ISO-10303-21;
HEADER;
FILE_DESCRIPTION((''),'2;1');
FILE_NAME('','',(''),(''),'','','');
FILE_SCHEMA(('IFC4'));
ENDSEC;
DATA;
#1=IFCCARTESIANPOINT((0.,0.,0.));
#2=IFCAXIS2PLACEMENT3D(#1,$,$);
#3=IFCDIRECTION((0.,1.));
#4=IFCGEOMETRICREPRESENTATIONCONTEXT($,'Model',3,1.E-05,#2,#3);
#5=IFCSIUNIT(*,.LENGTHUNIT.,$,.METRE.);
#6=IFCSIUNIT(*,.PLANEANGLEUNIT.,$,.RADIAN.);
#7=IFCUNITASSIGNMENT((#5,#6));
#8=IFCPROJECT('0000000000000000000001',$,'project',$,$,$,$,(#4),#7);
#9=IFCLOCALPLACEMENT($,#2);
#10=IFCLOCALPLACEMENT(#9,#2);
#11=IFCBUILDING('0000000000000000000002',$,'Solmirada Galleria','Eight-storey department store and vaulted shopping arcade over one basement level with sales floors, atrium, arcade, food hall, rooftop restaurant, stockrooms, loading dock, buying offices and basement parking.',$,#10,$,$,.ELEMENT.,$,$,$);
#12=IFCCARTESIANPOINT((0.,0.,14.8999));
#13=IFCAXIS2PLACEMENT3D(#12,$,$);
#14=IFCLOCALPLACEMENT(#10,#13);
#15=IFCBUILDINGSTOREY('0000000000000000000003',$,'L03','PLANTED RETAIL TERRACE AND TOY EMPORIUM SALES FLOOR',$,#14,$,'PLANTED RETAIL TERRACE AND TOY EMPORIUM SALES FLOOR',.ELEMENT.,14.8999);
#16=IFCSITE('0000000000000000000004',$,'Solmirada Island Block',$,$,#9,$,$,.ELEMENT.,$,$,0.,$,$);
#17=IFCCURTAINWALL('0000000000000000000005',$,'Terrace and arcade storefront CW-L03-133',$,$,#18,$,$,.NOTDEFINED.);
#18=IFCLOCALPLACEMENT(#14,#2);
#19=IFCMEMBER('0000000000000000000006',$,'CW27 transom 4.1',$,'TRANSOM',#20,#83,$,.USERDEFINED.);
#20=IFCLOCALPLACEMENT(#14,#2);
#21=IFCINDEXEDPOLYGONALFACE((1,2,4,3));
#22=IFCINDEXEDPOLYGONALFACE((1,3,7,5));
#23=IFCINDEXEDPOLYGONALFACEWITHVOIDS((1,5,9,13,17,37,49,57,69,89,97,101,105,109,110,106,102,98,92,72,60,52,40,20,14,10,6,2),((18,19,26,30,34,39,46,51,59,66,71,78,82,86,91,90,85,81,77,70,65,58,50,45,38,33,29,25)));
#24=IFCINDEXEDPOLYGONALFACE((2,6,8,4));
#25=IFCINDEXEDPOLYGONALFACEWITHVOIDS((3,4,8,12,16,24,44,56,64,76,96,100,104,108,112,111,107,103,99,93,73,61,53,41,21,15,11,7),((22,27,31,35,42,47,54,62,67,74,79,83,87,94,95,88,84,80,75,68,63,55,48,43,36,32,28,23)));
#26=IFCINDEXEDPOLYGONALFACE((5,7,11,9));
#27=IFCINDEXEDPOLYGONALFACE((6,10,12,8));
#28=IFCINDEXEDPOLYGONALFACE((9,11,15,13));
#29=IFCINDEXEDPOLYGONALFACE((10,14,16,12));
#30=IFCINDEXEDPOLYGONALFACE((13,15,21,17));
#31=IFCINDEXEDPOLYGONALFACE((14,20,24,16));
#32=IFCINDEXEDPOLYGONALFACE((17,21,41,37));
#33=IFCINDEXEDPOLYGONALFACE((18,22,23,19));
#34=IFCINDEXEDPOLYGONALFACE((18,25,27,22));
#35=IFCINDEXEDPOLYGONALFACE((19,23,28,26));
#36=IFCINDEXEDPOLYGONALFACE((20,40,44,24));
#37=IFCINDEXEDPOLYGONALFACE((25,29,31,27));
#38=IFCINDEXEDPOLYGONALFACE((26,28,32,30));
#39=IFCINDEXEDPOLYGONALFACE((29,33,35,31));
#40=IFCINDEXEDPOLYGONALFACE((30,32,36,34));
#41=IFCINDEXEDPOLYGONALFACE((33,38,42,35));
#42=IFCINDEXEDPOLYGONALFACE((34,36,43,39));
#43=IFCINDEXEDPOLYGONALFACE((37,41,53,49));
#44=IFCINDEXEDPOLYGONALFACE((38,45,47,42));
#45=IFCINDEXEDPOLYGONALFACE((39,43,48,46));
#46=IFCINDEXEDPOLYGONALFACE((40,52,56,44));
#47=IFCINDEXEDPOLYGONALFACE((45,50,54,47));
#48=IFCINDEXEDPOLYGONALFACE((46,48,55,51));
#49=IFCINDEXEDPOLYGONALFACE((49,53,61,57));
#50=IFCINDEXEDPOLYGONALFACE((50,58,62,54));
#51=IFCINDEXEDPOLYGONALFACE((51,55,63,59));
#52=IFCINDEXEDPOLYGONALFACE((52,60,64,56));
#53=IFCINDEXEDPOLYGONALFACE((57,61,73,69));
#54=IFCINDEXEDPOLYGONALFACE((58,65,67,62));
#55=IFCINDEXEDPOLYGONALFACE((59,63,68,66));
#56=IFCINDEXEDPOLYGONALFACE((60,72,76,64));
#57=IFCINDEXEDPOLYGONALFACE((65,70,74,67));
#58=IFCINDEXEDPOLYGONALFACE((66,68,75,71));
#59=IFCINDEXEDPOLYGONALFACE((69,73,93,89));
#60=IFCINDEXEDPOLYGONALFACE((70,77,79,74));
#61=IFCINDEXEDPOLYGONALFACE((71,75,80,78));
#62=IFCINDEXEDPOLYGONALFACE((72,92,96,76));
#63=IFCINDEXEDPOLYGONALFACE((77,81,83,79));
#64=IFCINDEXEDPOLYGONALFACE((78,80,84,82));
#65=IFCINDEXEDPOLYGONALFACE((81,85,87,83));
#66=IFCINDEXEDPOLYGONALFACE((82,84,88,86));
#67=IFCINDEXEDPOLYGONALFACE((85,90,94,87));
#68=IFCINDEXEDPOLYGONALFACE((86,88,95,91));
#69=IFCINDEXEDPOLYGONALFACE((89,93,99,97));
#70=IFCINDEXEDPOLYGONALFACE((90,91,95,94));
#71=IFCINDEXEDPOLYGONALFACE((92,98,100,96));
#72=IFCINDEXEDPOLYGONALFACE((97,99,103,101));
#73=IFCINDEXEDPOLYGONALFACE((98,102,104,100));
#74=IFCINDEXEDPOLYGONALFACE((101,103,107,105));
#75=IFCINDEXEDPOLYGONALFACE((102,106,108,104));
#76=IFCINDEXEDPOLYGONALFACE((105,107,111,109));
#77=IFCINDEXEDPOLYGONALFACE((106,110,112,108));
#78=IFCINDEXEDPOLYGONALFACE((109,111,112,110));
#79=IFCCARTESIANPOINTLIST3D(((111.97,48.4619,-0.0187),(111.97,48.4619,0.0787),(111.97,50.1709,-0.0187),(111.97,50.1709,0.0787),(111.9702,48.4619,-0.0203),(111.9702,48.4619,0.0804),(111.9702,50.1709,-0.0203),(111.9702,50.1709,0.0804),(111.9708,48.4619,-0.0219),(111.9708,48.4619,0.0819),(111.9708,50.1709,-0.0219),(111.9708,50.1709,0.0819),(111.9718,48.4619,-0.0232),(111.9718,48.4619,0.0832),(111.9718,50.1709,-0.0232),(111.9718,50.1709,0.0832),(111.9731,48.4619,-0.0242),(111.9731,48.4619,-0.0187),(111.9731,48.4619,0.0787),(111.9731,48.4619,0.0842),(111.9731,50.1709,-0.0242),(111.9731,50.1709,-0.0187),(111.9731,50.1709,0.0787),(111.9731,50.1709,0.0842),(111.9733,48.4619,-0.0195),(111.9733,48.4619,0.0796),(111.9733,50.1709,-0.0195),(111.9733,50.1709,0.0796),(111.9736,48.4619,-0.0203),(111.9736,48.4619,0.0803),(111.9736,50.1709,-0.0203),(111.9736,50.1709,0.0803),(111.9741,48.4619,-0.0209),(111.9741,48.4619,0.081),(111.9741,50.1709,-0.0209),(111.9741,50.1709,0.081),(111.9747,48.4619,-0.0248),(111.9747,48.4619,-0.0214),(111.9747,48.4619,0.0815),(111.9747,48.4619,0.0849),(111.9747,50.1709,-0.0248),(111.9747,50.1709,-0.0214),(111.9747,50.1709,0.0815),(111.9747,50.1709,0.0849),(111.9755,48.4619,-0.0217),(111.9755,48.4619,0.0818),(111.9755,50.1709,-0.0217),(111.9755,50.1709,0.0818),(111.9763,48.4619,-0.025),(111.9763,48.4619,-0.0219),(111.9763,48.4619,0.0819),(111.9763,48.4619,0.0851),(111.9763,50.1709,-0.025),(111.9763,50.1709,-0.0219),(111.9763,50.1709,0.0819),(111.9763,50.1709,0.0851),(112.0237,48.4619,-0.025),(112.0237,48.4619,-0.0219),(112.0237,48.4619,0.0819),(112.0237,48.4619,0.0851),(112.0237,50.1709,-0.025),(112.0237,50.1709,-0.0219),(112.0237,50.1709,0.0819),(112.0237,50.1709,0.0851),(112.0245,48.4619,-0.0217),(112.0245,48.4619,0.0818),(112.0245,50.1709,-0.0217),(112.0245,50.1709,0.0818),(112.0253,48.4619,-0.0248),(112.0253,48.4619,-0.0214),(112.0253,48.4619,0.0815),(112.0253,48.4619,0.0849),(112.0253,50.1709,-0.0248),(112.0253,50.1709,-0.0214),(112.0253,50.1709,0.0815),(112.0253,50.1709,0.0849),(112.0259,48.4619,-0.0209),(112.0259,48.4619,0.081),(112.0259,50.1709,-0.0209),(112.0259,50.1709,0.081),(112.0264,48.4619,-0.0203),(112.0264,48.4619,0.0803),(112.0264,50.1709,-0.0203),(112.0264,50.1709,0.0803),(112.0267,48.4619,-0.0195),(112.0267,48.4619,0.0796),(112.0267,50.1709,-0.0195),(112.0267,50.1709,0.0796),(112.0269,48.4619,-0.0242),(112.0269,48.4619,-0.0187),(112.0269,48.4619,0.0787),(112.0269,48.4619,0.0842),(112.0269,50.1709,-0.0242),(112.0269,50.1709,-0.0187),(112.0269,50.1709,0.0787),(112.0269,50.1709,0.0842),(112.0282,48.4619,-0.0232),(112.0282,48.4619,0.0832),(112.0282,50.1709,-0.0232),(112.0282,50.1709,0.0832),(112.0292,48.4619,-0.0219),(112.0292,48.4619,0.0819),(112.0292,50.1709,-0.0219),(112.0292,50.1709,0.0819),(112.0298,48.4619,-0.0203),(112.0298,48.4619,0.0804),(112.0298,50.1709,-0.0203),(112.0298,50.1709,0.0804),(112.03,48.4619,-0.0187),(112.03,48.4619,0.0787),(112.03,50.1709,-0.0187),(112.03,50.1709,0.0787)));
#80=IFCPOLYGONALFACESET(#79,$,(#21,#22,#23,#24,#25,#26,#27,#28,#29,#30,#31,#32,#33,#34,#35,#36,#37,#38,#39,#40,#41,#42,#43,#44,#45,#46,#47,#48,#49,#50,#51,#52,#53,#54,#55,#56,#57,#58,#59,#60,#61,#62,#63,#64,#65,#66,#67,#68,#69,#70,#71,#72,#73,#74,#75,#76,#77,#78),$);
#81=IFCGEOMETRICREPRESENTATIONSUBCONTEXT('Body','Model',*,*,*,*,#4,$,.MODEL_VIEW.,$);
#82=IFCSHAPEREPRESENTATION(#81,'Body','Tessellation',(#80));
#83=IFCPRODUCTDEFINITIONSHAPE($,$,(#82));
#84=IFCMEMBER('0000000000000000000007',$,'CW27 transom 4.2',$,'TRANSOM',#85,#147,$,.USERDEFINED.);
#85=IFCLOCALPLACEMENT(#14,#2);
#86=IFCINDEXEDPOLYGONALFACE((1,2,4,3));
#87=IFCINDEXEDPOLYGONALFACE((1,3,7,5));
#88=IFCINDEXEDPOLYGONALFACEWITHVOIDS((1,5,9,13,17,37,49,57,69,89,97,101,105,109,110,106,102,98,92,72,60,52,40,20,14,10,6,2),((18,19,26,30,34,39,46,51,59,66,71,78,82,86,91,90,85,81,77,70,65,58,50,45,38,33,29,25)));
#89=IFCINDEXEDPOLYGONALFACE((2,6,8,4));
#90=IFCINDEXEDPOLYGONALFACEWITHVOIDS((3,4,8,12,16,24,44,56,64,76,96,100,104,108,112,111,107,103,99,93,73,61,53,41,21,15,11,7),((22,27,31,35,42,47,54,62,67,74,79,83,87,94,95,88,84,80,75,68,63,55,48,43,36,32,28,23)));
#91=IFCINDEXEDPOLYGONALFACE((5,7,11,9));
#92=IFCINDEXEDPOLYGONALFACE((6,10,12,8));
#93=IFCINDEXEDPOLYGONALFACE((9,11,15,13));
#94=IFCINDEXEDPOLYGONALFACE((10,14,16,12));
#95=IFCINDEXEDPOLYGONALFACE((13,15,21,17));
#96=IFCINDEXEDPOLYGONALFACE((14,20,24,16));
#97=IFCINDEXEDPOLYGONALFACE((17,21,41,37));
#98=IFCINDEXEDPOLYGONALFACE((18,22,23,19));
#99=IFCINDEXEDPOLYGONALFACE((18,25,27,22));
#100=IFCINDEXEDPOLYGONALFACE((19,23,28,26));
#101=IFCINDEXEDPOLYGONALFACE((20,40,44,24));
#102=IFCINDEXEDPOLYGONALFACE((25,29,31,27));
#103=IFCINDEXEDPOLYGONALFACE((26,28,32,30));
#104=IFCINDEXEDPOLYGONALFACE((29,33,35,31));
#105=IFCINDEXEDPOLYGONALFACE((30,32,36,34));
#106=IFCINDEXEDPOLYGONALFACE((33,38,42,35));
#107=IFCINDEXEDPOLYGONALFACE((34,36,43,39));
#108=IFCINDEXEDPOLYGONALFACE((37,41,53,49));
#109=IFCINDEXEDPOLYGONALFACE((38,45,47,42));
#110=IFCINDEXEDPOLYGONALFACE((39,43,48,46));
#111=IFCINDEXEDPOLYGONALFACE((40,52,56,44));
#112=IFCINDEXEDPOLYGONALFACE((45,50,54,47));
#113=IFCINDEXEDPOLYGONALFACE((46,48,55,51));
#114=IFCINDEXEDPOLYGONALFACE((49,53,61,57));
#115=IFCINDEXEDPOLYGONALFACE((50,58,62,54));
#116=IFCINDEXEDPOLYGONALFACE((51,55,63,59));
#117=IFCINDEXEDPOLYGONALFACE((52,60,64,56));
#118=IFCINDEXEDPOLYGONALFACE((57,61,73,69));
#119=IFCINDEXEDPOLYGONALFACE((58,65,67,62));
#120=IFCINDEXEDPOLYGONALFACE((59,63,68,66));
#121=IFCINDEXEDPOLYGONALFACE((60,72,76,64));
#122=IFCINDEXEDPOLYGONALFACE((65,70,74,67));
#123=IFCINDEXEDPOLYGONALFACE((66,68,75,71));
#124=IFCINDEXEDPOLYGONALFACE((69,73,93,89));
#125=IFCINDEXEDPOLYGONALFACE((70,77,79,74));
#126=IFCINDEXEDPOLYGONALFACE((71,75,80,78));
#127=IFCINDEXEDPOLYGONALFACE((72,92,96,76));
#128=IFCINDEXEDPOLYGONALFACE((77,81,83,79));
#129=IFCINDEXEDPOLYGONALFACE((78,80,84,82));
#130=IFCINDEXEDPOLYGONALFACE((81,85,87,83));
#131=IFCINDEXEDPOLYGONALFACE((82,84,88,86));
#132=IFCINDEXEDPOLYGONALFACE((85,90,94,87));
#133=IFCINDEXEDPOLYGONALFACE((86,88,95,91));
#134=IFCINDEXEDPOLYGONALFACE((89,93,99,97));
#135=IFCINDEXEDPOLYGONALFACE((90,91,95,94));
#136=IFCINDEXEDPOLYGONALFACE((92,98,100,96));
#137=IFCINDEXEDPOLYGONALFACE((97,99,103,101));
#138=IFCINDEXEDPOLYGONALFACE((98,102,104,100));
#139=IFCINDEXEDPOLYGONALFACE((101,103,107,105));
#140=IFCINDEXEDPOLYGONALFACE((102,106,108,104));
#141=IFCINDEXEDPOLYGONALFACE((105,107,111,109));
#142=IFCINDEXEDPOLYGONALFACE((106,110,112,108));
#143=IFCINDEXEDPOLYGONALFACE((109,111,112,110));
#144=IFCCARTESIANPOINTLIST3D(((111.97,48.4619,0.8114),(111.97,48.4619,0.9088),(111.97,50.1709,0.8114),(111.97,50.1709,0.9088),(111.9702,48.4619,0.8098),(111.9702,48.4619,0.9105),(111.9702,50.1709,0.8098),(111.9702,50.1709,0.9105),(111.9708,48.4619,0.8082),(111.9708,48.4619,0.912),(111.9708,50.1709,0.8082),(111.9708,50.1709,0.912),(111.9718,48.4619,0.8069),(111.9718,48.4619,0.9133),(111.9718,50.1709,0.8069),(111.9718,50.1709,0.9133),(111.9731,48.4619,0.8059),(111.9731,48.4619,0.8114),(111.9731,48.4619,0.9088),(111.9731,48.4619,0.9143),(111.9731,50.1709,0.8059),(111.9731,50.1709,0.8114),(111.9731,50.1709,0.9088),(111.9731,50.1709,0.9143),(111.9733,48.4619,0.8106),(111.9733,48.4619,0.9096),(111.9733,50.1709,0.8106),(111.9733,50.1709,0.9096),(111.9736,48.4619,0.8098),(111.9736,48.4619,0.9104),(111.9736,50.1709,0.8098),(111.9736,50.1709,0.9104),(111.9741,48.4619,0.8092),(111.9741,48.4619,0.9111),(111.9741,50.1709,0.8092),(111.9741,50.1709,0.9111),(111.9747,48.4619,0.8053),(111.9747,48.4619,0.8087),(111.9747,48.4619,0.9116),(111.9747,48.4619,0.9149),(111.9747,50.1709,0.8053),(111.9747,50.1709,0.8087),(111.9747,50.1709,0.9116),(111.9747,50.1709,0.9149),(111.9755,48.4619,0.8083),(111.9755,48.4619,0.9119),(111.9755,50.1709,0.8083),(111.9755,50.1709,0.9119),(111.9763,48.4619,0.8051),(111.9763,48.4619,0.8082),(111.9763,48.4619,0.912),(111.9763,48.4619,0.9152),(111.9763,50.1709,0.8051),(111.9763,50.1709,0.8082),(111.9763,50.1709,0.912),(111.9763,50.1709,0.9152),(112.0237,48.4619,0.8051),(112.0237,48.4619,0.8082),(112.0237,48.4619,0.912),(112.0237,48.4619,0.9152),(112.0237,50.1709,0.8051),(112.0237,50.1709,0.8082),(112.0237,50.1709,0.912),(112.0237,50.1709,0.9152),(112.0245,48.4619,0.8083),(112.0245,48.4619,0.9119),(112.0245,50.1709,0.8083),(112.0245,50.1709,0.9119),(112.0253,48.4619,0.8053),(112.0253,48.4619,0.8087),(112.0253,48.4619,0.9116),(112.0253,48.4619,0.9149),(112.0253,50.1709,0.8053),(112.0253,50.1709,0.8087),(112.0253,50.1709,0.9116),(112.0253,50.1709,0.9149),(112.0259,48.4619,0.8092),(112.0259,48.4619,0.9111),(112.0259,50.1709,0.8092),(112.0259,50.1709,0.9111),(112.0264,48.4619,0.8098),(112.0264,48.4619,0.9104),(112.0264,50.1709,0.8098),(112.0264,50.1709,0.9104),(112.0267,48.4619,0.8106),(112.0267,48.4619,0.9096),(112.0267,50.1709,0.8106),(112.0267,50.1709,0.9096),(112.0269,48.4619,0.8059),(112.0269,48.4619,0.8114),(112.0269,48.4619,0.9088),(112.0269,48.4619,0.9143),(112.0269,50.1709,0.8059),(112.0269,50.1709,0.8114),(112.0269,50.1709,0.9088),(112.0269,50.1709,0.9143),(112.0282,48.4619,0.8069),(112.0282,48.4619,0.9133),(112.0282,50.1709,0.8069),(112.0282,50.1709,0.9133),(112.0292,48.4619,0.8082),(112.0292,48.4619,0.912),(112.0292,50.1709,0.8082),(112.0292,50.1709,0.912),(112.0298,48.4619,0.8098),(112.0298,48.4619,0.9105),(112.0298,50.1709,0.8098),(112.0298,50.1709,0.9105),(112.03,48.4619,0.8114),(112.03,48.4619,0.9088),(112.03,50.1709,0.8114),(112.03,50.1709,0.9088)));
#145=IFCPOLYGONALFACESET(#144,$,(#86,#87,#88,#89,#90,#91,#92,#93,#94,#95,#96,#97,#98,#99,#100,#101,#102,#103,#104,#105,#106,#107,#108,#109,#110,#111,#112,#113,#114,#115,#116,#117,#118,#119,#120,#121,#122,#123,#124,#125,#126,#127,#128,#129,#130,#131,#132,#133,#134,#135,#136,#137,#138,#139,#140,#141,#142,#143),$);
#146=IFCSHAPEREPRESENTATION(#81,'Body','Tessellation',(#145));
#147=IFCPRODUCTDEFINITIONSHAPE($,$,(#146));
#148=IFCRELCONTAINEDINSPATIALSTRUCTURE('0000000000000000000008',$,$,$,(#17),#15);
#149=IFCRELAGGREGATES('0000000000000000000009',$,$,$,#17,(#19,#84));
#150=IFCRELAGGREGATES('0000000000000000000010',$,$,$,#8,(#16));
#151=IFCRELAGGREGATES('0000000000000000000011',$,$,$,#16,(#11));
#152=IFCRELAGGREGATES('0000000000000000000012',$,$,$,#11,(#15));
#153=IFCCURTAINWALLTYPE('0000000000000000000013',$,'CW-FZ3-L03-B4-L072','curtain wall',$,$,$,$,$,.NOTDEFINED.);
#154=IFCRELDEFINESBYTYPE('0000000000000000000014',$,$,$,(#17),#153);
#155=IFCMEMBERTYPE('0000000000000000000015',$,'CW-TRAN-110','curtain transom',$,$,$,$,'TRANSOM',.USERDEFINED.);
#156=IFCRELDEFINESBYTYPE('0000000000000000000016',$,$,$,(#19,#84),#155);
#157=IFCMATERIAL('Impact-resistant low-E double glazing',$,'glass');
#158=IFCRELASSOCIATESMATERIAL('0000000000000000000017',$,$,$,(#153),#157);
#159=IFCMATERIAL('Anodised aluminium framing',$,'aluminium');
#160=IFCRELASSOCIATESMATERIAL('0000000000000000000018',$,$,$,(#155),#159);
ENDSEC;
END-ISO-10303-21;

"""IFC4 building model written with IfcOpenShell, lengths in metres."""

from ifc_helpers import new_model, si_unit, direction, frame, origin, origin_2d, place, context, subcontext, project, spatial, hollow_rectangle, extrude, material, material_profile, profile_set, type_object, element, aggregate, save


model = new_model("IFC4")

# Units and contexts
model_context = context("Model", 3, precision=1e-05, world=origin(), true_north=direction((0.0, 1.0)))
body_context = subcontext(model_context, "Body", "Model", "MODEL_VIEW")
ifc_project = project(units=[si_unit("LENGTHUNIT", "METRE"), si_unit("PLANEANGLEUNIT", "RADIAN")], contexts=[model_context])

# Site, building, storey
site_placement = place(None, origin())
site = spatial("IfcSite", under=ifc_project, at=site_placement, Name="Solmirada Island Block", CompositionType="ELEMENT", RefElevation=0.0)
building_placement = place(site_placement, origin())
building = spatial("IfcBuilding", under=site, at=building_placement, Name="Solmirada Galleria", Description="Eight-storey department store and vaulted shopping arcade over one basement level with sales floors, atrium, arcade, food hall, rooftop restaurant, stockrooms, loading dock, buying offices and basement parking.", CompositionType="ELEMENT")
storey_placement = place(building_placement, frame((0.0, 0.0, 14.8999)))
storey = spatial("IfcBuildingStorey", under=building, at=storey_placement, Name="L03", Description="PLANTED RETAIL TERRACE AND TOY EMPORIUM SALES FLOOR", LongName="PLANTED RETAIL TERRACE AND TOY EMPORIUM SALES FLOOR", CompositionType="ELEMENT", Elevation=14.8999)

# Curtain wall
ifc_material_1 = material(Name="Impact-resistant low-E double glazing", Category="glass")
curtain_wall_type = type_object("IfcCurtainWallType", Name="CW-FZ3-L03-B4-L072", Description="curtain wall", PredefinedType="NOTDEFINED", material=ifc_material_1)
curtain_wall_1_placement = place(storey_placement, origin())
curtain_wall_1 = element("IfcCurtainWall", 1, at=curtain_wall_1_placement, inside=storey, type_object=curtain_wall_type, Name="Terrace and arcade storefront CW-L03-133", PredefinedType="NOTDEFINED")
ifc_material_2 = material(Name="Anodised aluminium framing", Category="aluminium")

# Members
ifc_material_profile_1 = material_profile(ifc_material_2, hollow_rectangle(XDim=0.0601, YDim=0.1101, WallThickness=0.0032, InnerFilletRadius=0.0032, OuterFilletRadius=0.0063, at=origin_2d()), Name="ALU-TRAN-110X60")
ifc_profile_set_1 = profile_set([ifc_material_profile_1], Name="Anodised aluminium framing")
member_type_1 = type_object("IfcMemberType", Name="CW-TRAN-110", Description="curtain transom", ElementType="TRANSOM", PredefinedType="USERDEFINED", material=ifc_profile_set_1)
member_1_placement = place(storey_placement, frame((112.0, 50.1709, 0.03), z_axis=(0.0, -1.0, 0.0), x_axis=(1.0, 0.0, 0.0)))
member_1 = element("IfcMember", 2, at=member_1_placement, type_object=member_type_1, Name="CW27 transom 4.1", ObjectType="TRANSOM", PredefinedType="USERDEFINED", context=body_context, shape_type="SweptSolid", body=[
    extrude(hollow_rectangle(XDim=0.0601, YDim=0.1101, WallThickness=0.0032, InnerFilletRadius=0.0032, OuterFilletRadius=0.0063, at=origin_2d()), origin(), (0.0, 0.0, 1.0), 1.709),
])
member_2_placement = place(storey_placement, frame((112.0, 50.1709, 0.8601), z_axis=(0.0, -1.0, 0.0), x_axis=(1.0, 0.0, 0.0)))
member_2 = element("IfcMember", 3, at=member_2_placement, type_object=member_type_1, Name="CW27 transom 4.2", ObjectType="TRANSOM", PredefinedType="USERDEFINED", context=body_context, shape_type="SweptSolid", body=[
    extrude(hollow_rectangle(XDim=0.0601, YDim=0.1101, WallThickness=0.0032, InnerFilletRadius=0.0032, OuterFilletRadius=0.0063, at=origin_2d()), origin(), (0.0, 0.0, 1.0), 1.709),
])

aggregate(curtain_wall_1, [member_1, member_2])

save(model, "model.ifc")
